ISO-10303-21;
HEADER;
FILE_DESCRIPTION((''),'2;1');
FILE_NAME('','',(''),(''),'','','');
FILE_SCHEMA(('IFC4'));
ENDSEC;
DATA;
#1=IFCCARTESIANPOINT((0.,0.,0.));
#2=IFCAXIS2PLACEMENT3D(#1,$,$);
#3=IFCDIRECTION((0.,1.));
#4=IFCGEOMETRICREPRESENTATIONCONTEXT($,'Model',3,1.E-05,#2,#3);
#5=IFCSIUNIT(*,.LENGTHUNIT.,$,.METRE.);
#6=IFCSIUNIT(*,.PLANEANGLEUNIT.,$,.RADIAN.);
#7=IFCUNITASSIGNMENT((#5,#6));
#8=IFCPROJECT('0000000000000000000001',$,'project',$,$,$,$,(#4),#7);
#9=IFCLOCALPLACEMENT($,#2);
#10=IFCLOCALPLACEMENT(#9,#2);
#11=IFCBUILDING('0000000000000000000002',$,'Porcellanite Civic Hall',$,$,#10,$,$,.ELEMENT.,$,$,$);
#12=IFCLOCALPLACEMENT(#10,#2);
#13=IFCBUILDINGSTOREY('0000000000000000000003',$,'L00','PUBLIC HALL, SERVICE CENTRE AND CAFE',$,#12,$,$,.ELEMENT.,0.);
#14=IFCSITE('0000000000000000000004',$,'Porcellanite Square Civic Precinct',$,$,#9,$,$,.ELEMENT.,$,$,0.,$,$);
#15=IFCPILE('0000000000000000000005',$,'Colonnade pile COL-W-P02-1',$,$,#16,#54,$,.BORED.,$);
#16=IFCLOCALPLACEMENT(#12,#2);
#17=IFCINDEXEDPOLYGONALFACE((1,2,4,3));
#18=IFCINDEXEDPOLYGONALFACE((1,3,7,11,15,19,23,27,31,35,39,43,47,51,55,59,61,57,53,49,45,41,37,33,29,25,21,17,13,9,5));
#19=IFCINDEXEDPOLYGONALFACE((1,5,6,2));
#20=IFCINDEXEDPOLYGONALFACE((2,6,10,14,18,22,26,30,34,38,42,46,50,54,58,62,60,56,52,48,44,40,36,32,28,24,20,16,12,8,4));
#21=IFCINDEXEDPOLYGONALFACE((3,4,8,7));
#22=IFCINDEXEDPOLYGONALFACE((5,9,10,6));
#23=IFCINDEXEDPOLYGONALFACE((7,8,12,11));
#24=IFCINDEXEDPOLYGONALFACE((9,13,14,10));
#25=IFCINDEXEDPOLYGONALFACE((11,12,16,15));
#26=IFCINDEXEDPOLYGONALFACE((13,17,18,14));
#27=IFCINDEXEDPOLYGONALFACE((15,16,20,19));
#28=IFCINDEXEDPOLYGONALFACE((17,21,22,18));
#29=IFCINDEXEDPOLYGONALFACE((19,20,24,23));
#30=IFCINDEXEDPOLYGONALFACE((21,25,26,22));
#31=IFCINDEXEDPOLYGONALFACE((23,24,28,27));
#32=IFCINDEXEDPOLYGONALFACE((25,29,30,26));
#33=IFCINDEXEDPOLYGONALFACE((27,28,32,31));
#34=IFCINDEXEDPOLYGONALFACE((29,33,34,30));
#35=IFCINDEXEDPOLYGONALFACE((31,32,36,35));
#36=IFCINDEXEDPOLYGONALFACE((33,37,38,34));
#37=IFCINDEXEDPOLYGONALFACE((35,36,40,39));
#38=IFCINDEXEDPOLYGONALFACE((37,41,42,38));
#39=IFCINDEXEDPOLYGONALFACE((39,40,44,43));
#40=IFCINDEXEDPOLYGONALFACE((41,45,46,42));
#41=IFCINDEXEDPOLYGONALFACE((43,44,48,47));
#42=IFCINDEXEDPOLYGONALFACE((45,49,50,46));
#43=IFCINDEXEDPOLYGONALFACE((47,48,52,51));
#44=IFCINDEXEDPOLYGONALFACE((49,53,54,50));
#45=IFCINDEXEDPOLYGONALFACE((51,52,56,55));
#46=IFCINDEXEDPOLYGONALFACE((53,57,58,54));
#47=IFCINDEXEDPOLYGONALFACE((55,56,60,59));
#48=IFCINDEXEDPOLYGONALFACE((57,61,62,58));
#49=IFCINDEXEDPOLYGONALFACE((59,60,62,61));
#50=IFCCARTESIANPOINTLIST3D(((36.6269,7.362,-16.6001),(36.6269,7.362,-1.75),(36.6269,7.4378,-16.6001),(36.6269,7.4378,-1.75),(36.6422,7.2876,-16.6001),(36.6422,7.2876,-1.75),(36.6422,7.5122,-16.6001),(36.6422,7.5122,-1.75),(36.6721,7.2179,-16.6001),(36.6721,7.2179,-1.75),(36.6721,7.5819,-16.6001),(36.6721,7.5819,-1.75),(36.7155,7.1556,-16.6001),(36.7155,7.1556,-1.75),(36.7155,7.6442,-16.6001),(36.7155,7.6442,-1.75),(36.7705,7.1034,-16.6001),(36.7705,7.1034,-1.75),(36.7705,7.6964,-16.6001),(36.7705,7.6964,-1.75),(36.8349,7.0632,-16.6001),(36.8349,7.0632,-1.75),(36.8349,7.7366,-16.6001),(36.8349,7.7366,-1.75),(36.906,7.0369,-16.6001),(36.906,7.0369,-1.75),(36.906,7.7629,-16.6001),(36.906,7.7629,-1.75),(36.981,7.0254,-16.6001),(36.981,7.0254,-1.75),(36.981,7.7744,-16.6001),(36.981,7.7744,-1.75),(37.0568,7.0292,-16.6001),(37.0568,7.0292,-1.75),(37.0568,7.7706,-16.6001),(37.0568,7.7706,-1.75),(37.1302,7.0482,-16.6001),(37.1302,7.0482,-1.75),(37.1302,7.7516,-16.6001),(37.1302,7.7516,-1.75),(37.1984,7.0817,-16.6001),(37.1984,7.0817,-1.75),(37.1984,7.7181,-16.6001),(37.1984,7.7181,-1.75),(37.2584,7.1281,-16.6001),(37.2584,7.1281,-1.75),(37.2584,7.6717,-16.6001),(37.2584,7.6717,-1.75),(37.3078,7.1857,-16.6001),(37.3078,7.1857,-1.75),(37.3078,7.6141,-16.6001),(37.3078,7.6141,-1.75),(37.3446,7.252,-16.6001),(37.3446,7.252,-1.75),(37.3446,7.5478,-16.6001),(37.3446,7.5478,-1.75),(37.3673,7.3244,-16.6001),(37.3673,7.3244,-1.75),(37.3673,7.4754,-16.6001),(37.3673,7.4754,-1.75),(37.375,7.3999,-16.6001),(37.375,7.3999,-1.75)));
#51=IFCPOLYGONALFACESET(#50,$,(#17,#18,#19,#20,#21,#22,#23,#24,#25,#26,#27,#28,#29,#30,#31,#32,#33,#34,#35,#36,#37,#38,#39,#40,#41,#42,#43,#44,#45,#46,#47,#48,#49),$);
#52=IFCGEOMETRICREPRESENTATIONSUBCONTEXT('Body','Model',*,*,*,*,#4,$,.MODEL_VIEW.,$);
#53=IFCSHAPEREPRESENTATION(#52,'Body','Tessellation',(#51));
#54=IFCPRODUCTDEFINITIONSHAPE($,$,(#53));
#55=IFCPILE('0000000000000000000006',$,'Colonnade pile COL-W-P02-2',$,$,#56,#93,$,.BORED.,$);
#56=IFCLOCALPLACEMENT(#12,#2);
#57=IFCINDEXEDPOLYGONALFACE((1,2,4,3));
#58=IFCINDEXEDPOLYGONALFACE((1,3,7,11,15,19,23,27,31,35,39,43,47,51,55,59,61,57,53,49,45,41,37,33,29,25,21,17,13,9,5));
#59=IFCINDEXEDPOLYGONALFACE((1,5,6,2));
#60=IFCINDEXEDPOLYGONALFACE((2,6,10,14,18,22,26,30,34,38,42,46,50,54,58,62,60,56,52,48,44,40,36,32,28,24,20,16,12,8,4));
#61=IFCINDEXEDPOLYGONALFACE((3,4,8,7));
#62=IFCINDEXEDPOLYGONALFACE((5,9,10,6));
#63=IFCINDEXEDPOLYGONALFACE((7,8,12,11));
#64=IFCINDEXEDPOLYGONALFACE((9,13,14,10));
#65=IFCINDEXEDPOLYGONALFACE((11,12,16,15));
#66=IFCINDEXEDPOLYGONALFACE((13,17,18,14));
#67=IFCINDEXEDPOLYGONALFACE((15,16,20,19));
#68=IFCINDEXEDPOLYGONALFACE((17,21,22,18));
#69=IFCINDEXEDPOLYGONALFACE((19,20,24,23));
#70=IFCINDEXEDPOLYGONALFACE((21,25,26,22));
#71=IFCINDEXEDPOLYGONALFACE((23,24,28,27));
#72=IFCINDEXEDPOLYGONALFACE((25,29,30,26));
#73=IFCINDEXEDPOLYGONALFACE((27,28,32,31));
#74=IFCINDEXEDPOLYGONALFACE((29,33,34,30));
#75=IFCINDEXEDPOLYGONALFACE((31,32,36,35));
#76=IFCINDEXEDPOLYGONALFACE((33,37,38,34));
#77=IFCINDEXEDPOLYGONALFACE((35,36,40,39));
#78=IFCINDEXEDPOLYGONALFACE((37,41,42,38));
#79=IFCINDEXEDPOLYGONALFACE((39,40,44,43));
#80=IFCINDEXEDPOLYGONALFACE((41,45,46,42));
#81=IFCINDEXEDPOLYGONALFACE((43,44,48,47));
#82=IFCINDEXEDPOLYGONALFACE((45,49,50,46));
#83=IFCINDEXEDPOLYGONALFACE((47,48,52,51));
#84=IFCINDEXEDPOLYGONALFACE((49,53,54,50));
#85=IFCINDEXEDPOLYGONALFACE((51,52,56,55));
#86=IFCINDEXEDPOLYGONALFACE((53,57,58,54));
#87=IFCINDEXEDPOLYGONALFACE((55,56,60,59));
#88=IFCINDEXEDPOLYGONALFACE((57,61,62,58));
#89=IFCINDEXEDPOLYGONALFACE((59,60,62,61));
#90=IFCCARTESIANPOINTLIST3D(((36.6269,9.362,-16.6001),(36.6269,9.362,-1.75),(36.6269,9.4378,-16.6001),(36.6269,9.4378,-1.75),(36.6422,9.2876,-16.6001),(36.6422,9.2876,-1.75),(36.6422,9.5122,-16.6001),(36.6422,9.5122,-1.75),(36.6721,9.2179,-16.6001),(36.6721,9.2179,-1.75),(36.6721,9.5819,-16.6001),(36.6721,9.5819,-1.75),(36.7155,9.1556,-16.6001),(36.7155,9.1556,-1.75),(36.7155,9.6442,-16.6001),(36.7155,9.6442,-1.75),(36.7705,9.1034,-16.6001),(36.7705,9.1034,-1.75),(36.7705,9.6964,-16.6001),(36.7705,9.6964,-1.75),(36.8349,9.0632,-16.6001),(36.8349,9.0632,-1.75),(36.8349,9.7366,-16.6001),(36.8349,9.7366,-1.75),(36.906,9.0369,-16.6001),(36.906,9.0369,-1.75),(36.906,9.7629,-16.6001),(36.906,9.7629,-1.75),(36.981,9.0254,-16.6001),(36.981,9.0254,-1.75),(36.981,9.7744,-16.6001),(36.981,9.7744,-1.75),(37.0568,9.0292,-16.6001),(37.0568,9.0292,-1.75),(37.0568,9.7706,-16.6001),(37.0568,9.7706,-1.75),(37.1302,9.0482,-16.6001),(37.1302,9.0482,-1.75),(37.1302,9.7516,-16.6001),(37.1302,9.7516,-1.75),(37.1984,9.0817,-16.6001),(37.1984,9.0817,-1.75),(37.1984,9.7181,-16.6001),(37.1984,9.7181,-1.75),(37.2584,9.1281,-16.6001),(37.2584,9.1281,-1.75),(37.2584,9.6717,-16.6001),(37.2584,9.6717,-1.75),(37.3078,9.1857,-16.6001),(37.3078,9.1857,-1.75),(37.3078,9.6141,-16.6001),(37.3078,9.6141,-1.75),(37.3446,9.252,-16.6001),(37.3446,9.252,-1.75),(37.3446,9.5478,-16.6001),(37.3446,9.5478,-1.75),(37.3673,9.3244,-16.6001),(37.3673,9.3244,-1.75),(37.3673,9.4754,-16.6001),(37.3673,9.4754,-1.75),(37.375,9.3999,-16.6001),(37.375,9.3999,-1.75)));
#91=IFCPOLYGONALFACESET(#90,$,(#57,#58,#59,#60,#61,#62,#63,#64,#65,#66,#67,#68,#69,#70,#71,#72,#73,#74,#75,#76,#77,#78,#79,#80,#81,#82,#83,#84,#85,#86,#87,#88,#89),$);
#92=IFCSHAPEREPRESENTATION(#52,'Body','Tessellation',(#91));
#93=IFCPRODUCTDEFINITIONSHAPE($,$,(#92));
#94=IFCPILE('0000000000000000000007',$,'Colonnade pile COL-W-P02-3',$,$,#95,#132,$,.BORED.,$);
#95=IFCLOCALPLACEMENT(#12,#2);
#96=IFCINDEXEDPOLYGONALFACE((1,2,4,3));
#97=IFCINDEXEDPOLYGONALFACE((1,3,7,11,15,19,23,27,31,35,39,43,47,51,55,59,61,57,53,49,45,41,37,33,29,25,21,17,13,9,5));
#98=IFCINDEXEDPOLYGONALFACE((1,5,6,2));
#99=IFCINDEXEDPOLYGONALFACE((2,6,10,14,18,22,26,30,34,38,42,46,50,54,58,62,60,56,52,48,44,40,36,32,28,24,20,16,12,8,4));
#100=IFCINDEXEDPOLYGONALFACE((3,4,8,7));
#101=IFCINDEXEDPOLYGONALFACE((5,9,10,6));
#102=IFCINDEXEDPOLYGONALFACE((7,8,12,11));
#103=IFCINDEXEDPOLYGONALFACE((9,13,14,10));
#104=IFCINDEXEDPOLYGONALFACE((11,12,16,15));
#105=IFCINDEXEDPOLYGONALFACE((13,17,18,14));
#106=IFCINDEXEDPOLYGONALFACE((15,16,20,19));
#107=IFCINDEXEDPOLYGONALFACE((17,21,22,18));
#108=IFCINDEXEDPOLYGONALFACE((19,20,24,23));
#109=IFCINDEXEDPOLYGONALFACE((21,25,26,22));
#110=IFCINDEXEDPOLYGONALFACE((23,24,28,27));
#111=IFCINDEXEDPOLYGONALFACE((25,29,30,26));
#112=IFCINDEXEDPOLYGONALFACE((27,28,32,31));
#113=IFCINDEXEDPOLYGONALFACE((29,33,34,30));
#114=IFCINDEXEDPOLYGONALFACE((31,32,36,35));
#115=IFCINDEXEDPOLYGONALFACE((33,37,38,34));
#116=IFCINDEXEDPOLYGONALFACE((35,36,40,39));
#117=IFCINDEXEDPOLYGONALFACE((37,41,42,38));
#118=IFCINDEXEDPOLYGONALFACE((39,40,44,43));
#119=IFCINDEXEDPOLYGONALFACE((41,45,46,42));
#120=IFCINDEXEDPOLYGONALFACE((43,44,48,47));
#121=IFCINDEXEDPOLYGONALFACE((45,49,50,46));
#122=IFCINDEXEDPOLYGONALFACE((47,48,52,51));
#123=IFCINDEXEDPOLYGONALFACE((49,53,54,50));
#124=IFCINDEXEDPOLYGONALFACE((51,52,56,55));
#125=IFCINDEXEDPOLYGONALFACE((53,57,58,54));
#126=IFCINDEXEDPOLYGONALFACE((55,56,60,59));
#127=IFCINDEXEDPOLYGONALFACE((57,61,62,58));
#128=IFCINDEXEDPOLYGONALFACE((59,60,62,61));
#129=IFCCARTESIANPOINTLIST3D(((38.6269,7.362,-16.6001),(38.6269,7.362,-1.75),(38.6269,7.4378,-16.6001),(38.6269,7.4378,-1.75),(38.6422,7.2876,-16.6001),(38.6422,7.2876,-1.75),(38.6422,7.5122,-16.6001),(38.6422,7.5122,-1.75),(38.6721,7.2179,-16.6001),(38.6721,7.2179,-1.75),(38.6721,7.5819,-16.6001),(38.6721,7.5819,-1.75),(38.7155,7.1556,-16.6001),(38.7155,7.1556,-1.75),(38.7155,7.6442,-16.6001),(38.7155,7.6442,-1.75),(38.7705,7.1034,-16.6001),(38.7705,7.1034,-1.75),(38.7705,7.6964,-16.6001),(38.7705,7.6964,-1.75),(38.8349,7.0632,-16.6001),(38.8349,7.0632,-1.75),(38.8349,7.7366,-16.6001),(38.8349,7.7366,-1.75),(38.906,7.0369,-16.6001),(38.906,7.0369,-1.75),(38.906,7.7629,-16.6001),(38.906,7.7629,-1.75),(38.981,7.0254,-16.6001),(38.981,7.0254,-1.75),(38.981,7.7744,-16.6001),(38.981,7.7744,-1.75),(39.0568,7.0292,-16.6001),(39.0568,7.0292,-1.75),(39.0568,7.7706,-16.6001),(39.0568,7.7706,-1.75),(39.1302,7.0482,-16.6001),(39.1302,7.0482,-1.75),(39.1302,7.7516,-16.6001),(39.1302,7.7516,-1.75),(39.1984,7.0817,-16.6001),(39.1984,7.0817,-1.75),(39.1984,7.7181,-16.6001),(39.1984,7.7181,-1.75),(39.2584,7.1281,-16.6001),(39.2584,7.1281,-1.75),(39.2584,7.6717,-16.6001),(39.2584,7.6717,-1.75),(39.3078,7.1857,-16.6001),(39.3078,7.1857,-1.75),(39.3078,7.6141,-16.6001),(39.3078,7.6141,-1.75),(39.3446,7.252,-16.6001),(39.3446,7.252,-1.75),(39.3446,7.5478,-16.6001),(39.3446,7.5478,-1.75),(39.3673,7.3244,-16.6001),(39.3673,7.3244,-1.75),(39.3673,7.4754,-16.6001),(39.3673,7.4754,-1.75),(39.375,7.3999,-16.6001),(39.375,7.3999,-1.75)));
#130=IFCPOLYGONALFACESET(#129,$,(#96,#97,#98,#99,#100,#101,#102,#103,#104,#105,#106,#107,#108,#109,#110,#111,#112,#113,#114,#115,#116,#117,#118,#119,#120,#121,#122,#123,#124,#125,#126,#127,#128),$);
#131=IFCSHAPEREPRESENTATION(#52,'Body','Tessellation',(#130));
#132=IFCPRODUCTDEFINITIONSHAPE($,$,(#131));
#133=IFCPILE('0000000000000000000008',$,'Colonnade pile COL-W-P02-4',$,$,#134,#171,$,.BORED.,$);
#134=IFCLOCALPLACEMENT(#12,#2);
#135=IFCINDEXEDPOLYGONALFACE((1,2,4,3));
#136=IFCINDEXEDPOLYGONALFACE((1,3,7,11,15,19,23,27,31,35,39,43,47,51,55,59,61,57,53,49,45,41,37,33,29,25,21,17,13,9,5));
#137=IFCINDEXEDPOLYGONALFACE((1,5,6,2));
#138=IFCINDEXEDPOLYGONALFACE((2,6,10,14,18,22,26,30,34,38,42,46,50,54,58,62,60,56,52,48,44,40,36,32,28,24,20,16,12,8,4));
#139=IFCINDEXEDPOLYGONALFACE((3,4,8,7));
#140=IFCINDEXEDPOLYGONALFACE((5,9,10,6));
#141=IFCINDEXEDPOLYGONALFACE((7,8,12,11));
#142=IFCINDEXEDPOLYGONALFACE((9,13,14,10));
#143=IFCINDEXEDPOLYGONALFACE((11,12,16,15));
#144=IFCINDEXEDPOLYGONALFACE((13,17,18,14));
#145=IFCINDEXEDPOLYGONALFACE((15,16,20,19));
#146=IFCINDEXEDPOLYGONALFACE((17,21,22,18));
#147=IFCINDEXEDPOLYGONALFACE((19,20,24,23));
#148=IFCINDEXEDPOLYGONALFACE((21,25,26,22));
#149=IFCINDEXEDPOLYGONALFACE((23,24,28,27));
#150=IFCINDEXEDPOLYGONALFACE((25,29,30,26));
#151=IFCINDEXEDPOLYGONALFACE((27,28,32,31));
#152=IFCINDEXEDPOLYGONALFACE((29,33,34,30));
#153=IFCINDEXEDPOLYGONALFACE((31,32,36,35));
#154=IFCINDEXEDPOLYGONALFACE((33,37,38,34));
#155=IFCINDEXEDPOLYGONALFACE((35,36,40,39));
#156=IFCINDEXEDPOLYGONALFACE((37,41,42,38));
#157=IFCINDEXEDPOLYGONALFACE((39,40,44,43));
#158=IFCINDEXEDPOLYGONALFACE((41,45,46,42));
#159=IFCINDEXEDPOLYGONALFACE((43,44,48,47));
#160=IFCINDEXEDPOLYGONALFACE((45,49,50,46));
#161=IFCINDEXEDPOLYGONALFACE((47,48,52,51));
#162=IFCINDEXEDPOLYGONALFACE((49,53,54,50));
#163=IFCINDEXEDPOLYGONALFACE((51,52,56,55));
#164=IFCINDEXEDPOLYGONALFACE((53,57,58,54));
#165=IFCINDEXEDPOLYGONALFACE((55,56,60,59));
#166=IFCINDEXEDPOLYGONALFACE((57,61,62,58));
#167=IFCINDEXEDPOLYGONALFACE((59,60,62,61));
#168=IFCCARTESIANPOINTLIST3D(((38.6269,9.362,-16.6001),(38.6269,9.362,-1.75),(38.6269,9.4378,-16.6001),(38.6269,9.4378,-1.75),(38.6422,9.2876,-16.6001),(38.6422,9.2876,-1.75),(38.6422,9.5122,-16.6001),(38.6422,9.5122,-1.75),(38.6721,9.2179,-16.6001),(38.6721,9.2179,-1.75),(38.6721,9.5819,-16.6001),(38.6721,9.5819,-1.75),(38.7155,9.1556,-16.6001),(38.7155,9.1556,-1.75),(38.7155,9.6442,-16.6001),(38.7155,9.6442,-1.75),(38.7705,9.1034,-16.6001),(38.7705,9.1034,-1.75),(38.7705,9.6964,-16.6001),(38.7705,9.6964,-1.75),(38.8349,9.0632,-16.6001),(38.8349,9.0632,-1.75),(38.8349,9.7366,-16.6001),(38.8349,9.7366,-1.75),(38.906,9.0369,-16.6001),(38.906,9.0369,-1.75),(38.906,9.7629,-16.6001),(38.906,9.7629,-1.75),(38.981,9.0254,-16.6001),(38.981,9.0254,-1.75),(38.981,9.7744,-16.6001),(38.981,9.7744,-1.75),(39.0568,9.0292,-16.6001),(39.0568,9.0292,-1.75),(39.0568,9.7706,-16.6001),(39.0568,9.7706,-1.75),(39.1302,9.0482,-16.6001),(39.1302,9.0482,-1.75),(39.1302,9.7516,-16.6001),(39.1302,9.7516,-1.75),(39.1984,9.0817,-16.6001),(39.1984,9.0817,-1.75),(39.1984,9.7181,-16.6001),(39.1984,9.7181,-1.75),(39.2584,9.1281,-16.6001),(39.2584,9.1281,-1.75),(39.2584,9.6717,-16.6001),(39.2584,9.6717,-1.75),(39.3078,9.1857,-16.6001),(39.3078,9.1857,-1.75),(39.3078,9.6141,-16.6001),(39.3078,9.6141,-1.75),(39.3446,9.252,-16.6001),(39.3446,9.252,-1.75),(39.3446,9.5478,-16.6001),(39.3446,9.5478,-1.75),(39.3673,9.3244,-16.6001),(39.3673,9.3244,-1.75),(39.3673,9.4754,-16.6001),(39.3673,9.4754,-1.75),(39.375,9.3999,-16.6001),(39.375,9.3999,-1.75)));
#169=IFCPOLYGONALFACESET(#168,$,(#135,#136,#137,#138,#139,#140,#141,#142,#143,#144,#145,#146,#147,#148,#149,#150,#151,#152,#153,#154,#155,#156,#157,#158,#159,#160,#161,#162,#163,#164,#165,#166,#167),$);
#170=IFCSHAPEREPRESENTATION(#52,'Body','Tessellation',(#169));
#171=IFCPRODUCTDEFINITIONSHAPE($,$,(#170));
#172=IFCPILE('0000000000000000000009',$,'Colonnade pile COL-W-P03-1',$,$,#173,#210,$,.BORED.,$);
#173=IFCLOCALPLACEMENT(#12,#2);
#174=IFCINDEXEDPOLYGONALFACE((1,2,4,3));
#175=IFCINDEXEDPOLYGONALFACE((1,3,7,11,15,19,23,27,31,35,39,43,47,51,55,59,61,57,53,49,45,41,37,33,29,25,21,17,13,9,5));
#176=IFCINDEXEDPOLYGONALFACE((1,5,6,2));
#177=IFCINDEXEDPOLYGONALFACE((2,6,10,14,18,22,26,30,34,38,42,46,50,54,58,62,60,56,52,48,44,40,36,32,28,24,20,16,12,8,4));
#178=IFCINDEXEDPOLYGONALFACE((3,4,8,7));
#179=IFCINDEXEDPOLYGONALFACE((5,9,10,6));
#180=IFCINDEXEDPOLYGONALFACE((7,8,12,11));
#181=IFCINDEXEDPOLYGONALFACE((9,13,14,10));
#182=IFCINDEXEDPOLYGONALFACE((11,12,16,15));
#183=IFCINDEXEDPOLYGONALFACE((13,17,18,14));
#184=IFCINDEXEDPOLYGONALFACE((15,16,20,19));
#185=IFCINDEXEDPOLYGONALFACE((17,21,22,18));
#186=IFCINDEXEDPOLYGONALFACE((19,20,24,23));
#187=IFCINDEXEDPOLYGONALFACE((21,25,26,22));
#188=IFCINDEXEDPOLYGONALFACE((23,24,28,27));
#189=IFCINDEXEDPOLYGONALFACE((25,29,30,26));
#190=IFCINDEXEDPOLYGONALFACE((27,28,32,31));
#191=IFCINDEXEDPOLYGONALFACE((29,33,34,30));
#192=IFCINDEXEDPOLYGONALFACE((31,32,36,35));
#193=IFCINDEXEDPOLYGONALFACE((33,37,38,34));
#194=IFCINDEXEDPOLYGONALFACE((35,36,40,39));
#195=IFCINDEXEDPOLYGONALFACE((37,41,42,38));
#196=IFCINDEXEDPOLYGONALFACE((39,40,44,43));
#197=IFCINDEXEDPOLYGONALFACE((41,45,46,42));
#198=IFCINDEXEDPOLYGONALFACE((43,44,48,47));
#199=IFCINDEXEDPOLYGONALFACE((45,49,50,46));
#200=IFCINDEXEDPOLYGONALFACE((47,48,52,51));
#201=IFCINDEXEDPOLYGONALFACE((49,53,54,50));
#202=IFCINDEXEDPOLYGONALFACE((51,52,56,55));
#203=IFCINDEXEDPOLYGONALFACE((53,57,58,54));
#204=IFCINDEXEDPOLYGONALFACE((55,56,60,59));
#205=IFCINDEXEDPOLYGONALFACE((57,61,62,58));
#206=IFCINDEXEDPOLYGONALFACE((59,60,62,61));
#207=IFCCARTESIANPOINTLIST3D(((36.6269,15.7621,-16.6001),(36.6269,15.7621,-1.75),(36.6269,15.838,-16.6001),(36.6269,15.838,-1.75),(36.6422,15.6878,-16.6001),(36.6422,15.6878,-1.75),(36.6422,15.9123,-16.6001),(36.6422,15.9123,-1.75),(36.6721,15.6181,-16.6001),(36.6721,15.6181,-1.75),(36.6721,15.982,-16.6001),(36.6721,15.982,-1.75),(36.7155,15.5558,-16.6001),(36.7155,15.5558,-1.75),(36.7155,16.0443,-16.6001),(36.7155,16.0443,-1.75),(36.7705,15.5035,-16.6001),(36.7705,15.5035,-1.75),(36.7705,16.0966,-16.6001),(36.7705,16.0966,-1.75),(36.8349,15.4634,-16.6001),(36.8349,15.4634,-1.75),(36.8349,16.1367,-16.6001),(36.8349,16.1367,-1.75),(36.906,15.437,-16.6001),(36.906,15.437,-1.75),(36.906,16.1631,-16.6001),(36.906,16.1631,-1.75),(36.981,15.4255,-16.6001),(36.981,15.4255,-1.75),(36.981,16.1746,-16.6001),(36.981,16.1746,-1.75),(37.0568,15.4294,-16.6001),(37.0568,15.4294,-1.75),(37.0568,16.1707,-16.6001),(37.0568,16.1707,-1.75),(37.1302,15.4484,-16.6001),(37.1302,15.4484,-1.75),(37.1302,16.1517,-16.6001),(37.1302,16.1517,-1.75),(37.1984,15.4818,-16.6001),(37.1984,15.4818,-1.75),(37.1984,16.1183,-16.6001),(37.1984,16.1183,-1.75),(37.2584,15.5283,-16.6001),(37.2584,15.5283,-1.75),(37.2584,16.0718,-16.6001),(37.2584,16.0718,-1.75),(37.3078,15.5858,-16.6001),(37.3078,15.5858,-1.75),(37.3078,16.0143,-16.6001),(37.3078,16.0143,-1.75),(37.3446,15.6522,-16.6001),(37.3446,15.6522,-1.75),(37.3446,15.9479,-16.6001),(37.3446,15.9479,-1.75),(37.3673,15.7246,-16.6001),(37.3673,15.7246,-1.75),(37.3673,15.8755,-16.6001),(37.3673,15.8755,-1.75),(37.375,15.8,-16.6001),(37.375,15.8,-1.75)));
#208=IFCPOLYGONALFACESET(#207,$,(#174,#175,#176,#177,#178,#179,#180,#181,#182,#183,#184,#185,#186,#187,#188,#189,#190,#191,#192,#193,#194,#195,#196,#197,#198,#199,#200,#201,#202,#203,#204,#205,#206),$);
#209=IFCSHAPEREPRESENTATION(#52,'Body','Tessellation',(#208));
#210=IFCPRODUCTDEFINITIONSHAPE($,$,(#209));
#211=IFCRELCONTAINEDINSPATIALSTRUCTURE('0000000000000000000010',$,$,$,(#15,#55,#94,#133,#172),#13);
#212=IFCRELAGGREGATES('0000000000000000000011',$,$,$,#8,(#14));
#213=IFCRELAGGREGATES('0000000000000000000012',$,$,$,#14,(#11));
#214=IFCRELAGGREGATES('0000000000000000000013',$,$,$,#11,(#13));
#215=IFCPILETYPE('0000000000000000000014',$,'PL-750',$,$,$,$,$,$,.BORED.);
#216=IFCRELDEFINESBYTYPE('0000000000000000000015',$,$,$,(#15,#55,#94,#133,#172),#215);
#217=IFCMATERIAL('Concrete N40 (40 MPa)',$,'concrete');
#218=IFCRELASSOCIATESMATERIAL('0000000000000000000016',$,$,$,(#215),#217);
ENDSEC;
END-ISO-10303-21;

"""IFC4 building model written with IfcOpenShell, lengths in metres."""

from ifc_helpers import new_model, si_unit, direction, frame, origin, origin_2d, place, context, subcontext, project, spatial, circle, extrude, material, material_profile, profile_set, type_object, element, save


model = new_model("IFC4")

# Units and contexts
model_context = context("Model", 3, precision=1e-05, world=origin(), true_north=direction((0.0, 1.0)))
body_context = subcontext(model_context, "Body", "Model", "MODEL_VIEW")
ifc_project = project(units=[si_unit("LENGTHUNIT", "METRE"), si_unit("PLANEANGLEUNIT", "RADIAN")], contexts=[model_context])

# Site, building, storey
site_placement = place(None, origin())
site = spatial("IfcSite", under=ifc_project, at=site_placement, Name="Porcellanite Square Civic Precinct", CompositionType="ELEMENT", RefElevation=0.0)
building_placement = place(site_placement, origin())
building = spatial("IfcBuilding", under=site, at=building_placement, Name="Porcellanite Civic Hall", CompositionType="ELEMENT")
storey_placement = place(building_placement, origin())
storey = spatial("IfcBuildingStorey", under=building, at=storey_placement, Name="L00", Description="PUBLIC HALL, SERVICE CENTRE AND CAFE", CompositionType="ELEMENT", Elevation=0.0)

# Piles
ifc_material_1 = material(Name="Concrete N40 (40 MPa)", Category="concrete")
ifc_material_profile_1 = material_profile(ifc_material_1, circle(Radius=0.375, at=origin_2d()), Name="PILE-D750")
ifc_profile_set_1 = profile_set([ifc_material_profile_1], Name="Concrete N40 (40 MPa)")
pile_type = type_object("IfcPileType", Name="PL-750", PredefinedType="BORED", material=ifc_profile_set_1)
for number, where, z_axis, x_axis, name in (
    (1, (37.0, 7.3999, -1.75), (0.0, 0.0, -1.0), (1.0, 0.0, 0.0), "Colonnade pile COL-W-P02-1"),
    (2, (37.0, 9.3999, -1.75), (0.0, 0.0, -1.0), (1.0, 0.0, 0.0), "Colonnade pile COL-W-P02-2"),
    (3, (39.0, 7.3999, -1.75), (0.0, 0.0, -1.0), (1.0, 0.0, 0.0), "Colonnade pile COL-W-P02-3"),
    (4, (39.0, 9.3999, -1.75), (0.0, 0.0, -1.0), (1.0, 0.0, 0.0), "Colonnade pile COL-W-P02-4"),
    (5, (37.0, 15.8, -1.75), (0.0, 0.0, -1.0), (1.0, 0.0, 0.0), "Colonnade pile COL-W-P03-1"),
):
    element("IfcPile", number, at=place(storey_placement, frame(where, z_axis=z_axis, x_axis=x_axis)), inside=storey, type_object=pile_type, Name=name, PredefinedType="BORED", context=body_context, shape_type="SweptSolid", body=[
        extrude(circle(Radius=0.375, at=origin_2d()), origin(), (0.0, 0.0, 1.0), 14.8501),
    ])

save(model, "model.ifc")
